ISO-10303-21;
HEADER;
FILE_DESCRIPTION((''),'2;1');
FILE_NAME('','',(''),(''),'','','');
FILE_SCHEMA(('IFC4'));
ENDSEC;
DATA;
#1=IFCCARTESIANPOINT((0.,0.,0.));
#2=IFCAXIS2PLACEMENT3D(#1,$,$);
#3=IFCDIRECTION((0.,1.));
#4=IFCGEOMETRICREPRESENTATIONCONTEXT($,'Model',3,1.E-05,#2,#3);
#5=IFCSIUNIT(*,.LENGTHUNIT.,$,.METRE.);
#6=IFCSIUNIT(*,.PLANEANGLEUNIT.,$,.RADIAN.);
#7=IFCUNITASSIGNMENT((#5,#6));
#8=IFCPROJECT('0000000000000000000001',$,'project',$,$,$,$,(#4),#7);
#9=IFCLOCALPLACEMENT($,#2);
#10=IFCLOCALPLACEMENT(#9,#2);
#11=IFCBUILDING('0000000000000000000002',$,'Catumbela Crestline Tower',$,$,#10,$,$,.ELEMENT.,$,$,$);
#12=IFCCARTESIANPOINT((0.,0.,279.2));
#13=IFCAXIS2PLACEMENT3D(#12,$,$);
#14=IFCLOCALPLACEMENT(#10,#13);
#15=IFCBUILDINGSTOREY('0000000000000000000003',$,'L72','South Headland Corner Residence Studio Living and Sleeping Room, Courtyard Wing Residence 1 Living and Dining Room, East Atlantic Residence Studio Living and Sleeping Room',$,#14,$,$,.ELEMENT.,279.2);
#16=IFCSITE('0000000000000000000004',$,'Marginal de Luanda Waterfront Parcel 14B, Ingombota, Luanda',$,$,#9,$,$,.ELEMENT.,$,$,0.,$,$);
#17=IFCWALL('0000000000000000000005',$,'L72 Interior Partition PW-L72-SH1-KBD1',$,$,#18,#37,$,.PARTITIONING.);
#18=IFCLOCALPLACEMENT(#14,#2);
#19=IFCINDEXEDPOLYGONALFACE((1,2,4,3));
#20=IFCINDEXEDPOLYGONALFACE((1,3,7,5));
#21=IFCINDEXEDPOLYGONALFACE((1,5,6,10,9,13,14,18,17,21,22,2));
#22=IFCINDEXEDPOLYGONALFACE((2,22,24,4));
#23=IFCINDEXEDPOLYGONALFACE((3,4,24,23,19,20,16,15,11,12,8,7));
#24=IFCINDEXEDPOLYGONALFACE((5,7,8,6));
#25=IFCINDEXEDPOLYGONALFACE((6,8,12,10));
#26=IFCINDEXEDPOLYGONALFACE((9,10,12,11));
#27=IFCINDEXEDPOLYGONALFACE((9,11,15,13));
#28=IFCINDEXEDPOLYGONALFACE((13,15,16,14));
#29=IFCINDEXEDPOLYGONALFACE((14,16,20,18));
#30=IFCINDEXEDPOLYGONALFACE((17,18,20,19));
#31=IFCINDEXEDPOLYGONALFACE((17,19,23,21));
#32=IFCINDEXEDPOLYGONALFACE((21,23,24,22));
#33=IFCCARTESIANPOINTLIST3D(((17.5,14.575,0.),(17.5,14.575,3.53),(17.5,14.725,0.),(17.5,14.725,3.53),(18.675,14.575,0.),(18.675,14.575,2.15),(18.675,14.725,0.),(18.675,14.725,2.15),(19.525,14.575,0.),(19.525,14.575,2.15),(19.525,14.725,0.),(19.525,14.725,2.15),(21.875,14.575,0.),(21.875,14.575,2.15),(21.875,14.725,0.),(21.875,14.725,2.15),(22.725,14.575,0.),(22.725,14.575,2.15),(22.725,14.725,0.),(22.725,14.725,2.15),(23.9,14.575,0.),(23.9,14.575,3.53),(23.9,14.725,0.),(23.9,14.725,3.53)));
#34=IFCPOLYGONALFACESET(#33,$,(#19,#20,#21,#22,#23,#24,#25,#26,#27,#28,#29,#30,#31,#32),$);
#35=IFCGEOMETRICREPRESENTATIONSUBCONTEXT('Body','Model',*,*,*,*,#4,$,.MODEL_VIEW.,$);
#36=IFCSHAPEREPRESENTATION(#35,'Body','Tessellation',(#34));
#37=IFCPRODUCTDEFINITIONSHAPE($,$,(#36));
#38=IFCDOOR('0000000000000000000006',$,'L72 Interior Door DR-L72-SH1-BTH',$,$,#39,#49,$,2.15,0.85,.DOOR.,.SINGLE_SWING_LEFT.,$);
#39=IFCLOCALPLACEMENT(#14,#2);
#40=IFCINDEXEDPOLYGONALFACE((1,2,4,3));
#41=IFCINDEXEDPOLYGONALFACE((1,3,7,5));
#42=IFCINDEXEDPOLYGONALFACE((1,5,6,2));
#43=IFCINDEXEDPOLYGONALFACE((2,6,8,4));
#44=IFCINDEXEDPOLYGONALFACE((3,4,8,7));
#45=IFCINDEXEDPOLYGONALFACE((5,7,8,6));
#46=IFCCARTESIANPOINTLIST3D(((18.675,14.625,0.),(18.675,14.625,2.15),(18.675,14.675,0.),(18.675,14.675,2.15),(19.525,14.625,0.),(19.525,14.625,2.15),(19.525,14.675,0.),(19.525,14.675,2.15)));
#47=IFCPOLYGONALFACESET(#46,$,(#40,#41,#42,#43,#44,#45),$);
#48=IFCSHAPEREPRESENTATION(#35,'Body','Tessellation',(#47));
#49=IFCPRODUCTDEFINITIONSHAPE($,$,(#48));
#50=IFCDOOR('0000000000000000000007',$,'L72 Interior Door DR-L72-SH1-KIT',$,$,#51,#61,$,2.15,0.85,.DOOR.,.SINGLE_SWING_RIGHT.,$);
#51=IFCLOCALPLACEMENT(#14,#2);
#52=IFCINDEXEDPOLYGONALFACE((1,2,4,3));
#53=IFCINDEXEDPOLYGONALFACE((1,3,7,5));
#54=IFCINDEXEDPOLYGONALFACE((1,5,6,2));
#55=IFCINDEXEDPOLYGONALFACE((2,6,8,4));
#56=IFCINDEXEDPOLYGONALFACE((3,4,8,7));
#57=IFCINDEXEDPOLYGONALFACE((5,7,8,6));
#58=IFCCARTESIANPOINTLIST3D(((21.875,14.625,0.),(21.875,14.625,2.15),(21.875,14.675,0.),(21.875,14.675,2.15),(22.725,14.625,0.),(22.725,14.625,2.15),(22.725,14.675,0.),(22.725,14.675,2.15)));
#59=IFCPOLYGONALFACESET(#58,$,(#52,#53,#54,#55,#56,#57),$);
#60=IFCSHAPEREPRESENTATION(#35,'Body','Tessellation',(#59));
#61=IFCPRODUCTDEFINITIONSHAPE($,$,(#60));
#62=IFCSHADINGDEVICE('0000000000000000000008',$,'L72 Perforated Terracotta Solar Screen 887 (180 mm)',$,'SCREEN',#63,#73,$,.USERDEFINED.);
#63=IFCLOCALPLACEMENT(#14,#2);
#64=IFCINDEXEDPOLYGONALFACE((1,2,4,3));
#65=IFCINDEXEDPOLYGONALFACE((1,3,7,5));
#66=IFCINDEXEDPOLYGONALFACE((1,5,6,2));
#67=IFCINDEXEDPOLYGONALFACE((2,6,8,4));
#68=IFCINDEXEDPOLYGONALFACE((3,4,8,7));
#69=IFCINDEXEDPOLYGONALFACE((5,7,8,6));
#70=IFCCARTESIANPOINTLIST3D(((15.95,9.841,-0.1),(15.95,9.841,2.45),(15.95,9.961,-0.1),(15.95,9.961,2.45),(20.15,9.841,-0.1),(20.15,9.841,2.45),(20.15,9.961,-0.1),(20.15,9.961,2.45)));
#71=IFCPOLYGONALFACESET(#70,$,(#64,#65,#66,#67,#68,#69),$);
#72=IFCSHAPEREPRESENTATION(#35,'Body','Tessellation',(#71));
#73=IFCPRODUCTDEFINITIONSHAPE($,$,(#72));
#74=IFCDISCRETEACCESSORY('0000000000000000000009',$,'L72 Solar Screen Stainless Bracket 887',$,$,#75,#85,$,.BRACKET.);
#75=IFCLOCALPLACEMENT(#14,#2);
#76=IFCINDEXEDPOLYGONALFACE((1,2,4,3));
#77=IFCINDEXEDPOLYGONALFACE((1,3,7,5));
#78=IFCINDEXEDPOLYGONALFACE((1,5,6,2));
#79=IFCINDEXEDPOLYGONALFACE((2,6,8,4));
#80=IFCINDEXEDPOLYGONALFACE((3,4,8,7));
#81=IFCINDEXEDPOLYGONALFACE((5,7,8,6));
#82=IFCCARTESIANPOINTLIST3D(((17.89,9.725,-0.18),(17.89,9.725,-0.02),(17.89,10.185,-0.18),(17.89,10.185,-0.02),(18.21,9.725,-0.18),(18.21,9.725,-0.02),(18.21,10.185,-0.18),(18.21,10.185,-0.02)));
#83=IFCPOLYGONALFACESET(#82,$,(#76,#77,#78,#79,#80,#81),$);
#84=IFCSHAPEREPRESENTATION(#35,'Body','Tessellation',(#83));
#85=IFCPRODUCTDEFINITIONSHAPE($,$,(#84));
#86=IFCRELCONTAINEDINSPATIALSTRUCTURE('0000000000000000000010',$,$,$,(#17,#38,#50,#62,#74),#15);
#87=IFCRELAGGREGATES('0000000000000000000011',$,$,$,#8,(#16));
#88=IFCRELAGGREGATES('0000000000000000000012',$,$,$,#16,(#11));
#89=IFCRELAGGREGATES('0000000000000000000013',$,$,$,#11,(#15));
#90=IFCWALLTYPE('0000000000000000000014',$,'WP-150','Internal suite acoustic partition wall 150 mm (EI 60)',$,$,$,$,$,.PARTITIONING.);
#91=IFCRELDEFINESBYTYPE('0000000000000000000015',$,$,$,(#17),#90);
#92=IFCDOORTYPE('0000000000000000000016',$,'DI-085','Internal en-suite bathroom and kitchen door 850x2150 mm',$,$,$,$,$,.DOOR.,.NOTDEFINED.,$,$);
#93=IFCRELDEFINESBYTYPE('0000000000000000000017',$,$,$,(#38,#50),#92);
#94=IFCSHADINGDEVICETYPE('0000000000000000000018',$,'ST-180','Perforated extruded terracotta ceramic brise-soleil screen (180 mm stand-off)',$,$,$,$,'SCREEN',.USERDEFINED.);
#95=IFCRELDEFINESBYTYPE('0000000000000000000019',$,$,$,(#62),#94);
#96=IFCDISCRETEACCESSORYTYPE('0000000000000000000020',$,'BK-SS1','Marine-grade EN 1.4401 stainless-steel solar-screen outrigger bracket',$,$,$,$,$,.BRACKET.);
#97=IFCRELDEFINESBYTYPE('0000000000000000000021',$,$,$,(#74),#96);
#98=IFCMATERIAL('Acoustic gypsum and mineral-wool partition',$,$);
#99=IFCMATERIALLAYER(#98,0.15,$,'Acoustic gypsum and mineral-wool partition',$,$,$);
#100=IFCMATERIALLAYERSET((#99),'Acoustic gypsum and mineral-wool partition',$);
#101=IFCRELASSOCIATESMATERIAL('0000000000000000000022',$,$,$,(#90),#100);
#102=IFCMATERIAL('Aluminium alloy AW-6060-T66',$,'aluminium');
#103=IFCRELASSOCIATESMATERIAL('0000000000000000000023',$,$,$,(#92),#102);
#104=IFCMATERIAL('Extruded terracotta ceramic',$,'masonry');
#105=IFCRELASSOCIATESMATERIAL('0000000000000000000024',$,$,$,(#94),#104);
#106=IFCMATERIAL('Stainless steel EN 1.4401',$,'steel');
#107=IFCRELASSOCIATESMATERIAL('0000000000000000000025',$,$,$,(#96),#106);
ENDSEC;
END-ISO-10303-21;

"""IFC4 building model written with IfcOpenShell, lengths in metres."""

from ifc_helpers import new_model, si_unit, direction, frame, frame_2d, origin, origin_2d, place, context, subcontext, project, spatial, rectangle, extrude, material, layer, layer_set, type_object, element, fill, save


model = new_model("IFC4")

# Units and contexts
model_context = context("Model", 3, precision=1e-05, world=origin(), true_north=direction((0.0, 1.0)))
body_context = subcontext(model_context, "Body", "Model", "MODEL_VIEW")
ifc_project = project(units=[si_unit("LENGTHUNIT", "METRE"), si_unit("PLANEANGLEUNIT", "RADIAN")], contexts=[model_context])

# Site, building, storey
site_placement = place(None, origin())
site = spatial("IfcSite", under=ifc_project, at=site_placement, Name="Marginal de Luanda Waterfront Parcel 14B, Ingombota, Luanda", CompositionType="ELEMENT", RefElevation=0.0)
building_placement = place(site_placement, origin())
building = spatial("IfcBuilding", under=site, at=building_placement, Name="Catumbela Crestline Tower", CompositionType="ELEMENT")
storey_placement = place(building_placement, frame((0.0, 0.0, 279.2)))
storey = spatial("IfcBuildingStorey", under=building, at=storey_placement, Name="L72", Description="South Headland Corner Residence Studio Living and Sleeping Room, Courtyard Wing Residence 1 Living and Dining Room, East Atlantic Residence Studio Living and Sleeping Room", CompositionType="ELEMENT", Elevation=279.2)

# Shared definitions
ifc_material_1 = material(Name="Aluminium alloy AW-6060-T66", Category="aluminium")

# Shared definitions
ifc_material_2 = material(Name="Acoustic gypsum and mineral-wool partition")
ifc_layer_1 = layer(ifc_material_2, 0.15, Name="Acoustic gypsum and mineral-wool partition")
ifc_layer_set_1 = layer_set([ifc_layer_1], Name="Acoustic gypsum and mineral-wool partition")
wall_type_1 = type_object("IfcWallType", Name="WP-150", Description="Internal suite acoustic partition wall 150 mm (EI 60)", PredefinedType="PARTITIONING", material=ifc_layer_set_1)
door_type = type_object("IfcDoorType", Name="DI-085", Description="Internal en-suite bathroom and kitchen door 850x2150 mm", OperationType="NOTDEFINED", PredefinedType="DOOR", material=ifc_material_1)

# Wall, openings, doors
wall_1_placement = place(storey_placement, frame((17.5, 14.65, 0.0), z_axis=(0.0, 0.0, 1.0), x_axis=(1.0, 0.0, 0.0)))
wall_1 = element("IfcWall", 1, at=wall_1_placement, inside=storey, type_object=wall_type_1, Name="L72 Interior Partition PW-L72-SH1-KBD1", PredefinedType="PARTITIONING", context=body_context, shape_type="SweptSolid", body=[
    extrude(rectangle(XDim=6.4, YDim=0.15, at=frame_2d((3.2, 0.0))), origin(), (0.0, 0.0, 1.0), 3.53),
])
opening_1_placement = place(wall_1_placement, frame((1.175, 0.0, 0.0)))
opening_1 = element("IfcOpeningElement", 2, at=opening_1_placement, cuts=wall_1, PredefinedType="OPENING", context=body_context, shape_type="SweptSolid", body=[
    extrude(rectangle(XDim=0.85, YDim=2.15, at=frame_2d((0.425, 1.075))), frame((0.0, 0.085, 0.0), z_axis=(0.0, -1.0, 0.0), x_axis=(1.0, 0.0, 0.0)), (0.0, 0.0, 1.0), 0.17),
])
opening_2_placement = place(wall_1_placement, frame((4.375, 0.0, 0.0)))
opening_2 = element("IfcOpeningElement", 3, at=opening_2_placement, cuts=wall_1, PredefinedType="OPENING", context=body_context, shape_type="SweptSolid", body=[
    extrude(rectangle(XDim=0.85, YDim=2.15, at=frame_2d((0.425, 1.075))), frame((0.0, 0.085, 0.0), z_axis=(0.0, -1.0, 0.0), x_axis=(1.0, 0.0, 0.0)), (0.0, 0.0, 1.0), 0.17),
])
door_1_placement = place(opening_1_placement, origin())
door_1 = element("IfcDoor", 4, at=door_1_placement, inside=storey, type_object=door_type, Name="L72 Interior Door DR-L72-SH1-BTH", OperationType="SINGLE_SWING_LEFT", OverallHeight=2.15, OverallWidth=0.85, PredefinedType="DOOR", context=body_context, shape_type="SweptSolid", body=[
    extrude(rectangle(XDim=0.85, YDim=2.15, at=frame_2d((0.425, 1.075))), frame((0.0, 0.025, 0.0), z_axis=(0.0, -1.0, 0.0), x_axis=(1.0, 0.0, 0.0)), (0.0, 0.0, 1.0), 0.05),
])
fill(opening_1, door_1)
door_2_placement = place(opening_2_placement, origin())
door_2 = element("IfcDoor", 5, at=door_2_placement, inside=storey, type_object=door_type, Name="L72 Interior Door DR-L72-SH1-KIT", OperationType="SINGLE_SWING_RIGHT", OverallHeight=2.15, OverallWidth=0.85, PredefinedType="DOOR", context=body_context, shape_type="SweptSolid", body=[
    extrude(rectangle(XDim=0.85, YDim=2.15, at=frame_2d((0.425, 1.075))), frame((0.0, 0.025, 0.0), z_axis=(0.0, -1.0, 0.0), x_axis=(1.0, 0.0, 0.0)), (0.0, 0.0, 1.0), 0.05),
])
fill(opening_2, door_2)

# Shading device
ifc_material_3 = material(Name="Extruded terracotta ceramic", Category="masonry")
shading_device_type = type_object("IfcShadingDeviceType", Name="ST-180", Description="Perforated extruded terracotta ceramic brise-soleil screen (180 mm stand-off)", ElementType="SCREEN", PredefinedType="USERDEFINED", material=ifc_material_3)
shading_device_placement = place(storey_placement, frame((18.05, 9.901, -0.1), z_axis=(0.0, 0.0, 1.0), x_axis=(1.0, 0.0, 0.0)))
element("IfcShadingDevice", 6, at=shading_device_placement, inside=storey, type_object=shading_device_type, Name="L72 Perforated Terracotta Solar Screen 887 (180 mm)", ObjectType="SCREEN", PredefinedType="USERDEFINED", context=body_context, shape_type="SweptSolid", body=[
    extrude(rectangle(XDim=4.2, YDim=0.12, at=origin_2d()), origin(), (0.0, 0.0, 1.0), 2.55),
])

# Discrete accessory
ifc_material_4 = material(Name="Stainless steel EN 1.4401", Category="steel")
discrete_accessory_type = type_object("IfcDiscreteAccessoryType", Name="BK-SS1", Description="Marine-grade EN 1.4401 stainless-steel solar-screen outrigger bracket", PredefinedType="BRACKET", material=ifc_material_4)
discrete_accessory_placement = place(storey_placement, frame((18.05, 9.955, -0.18), z_axis=(0.0, 0.0, 1.0), x_axis=(1.0, 0.0, 0.0)))
element("IfcDiscreteAccessory", 7, at=discrete_accessory_placement, inside=storey, type_object=discrete_accessory_type, Name="L72 Solar Screen Stainless Bracket 887", PredefinedType="BRACKET", context=body_context, shape_type="SweptSolid", body=[
    extrude(rectangle(XDim=0.32, YDim=0.46, at=origin_2d()), origin(), (0.0, 0.0, 1.0), 0.16),
])

save(model, "model.ifc")
